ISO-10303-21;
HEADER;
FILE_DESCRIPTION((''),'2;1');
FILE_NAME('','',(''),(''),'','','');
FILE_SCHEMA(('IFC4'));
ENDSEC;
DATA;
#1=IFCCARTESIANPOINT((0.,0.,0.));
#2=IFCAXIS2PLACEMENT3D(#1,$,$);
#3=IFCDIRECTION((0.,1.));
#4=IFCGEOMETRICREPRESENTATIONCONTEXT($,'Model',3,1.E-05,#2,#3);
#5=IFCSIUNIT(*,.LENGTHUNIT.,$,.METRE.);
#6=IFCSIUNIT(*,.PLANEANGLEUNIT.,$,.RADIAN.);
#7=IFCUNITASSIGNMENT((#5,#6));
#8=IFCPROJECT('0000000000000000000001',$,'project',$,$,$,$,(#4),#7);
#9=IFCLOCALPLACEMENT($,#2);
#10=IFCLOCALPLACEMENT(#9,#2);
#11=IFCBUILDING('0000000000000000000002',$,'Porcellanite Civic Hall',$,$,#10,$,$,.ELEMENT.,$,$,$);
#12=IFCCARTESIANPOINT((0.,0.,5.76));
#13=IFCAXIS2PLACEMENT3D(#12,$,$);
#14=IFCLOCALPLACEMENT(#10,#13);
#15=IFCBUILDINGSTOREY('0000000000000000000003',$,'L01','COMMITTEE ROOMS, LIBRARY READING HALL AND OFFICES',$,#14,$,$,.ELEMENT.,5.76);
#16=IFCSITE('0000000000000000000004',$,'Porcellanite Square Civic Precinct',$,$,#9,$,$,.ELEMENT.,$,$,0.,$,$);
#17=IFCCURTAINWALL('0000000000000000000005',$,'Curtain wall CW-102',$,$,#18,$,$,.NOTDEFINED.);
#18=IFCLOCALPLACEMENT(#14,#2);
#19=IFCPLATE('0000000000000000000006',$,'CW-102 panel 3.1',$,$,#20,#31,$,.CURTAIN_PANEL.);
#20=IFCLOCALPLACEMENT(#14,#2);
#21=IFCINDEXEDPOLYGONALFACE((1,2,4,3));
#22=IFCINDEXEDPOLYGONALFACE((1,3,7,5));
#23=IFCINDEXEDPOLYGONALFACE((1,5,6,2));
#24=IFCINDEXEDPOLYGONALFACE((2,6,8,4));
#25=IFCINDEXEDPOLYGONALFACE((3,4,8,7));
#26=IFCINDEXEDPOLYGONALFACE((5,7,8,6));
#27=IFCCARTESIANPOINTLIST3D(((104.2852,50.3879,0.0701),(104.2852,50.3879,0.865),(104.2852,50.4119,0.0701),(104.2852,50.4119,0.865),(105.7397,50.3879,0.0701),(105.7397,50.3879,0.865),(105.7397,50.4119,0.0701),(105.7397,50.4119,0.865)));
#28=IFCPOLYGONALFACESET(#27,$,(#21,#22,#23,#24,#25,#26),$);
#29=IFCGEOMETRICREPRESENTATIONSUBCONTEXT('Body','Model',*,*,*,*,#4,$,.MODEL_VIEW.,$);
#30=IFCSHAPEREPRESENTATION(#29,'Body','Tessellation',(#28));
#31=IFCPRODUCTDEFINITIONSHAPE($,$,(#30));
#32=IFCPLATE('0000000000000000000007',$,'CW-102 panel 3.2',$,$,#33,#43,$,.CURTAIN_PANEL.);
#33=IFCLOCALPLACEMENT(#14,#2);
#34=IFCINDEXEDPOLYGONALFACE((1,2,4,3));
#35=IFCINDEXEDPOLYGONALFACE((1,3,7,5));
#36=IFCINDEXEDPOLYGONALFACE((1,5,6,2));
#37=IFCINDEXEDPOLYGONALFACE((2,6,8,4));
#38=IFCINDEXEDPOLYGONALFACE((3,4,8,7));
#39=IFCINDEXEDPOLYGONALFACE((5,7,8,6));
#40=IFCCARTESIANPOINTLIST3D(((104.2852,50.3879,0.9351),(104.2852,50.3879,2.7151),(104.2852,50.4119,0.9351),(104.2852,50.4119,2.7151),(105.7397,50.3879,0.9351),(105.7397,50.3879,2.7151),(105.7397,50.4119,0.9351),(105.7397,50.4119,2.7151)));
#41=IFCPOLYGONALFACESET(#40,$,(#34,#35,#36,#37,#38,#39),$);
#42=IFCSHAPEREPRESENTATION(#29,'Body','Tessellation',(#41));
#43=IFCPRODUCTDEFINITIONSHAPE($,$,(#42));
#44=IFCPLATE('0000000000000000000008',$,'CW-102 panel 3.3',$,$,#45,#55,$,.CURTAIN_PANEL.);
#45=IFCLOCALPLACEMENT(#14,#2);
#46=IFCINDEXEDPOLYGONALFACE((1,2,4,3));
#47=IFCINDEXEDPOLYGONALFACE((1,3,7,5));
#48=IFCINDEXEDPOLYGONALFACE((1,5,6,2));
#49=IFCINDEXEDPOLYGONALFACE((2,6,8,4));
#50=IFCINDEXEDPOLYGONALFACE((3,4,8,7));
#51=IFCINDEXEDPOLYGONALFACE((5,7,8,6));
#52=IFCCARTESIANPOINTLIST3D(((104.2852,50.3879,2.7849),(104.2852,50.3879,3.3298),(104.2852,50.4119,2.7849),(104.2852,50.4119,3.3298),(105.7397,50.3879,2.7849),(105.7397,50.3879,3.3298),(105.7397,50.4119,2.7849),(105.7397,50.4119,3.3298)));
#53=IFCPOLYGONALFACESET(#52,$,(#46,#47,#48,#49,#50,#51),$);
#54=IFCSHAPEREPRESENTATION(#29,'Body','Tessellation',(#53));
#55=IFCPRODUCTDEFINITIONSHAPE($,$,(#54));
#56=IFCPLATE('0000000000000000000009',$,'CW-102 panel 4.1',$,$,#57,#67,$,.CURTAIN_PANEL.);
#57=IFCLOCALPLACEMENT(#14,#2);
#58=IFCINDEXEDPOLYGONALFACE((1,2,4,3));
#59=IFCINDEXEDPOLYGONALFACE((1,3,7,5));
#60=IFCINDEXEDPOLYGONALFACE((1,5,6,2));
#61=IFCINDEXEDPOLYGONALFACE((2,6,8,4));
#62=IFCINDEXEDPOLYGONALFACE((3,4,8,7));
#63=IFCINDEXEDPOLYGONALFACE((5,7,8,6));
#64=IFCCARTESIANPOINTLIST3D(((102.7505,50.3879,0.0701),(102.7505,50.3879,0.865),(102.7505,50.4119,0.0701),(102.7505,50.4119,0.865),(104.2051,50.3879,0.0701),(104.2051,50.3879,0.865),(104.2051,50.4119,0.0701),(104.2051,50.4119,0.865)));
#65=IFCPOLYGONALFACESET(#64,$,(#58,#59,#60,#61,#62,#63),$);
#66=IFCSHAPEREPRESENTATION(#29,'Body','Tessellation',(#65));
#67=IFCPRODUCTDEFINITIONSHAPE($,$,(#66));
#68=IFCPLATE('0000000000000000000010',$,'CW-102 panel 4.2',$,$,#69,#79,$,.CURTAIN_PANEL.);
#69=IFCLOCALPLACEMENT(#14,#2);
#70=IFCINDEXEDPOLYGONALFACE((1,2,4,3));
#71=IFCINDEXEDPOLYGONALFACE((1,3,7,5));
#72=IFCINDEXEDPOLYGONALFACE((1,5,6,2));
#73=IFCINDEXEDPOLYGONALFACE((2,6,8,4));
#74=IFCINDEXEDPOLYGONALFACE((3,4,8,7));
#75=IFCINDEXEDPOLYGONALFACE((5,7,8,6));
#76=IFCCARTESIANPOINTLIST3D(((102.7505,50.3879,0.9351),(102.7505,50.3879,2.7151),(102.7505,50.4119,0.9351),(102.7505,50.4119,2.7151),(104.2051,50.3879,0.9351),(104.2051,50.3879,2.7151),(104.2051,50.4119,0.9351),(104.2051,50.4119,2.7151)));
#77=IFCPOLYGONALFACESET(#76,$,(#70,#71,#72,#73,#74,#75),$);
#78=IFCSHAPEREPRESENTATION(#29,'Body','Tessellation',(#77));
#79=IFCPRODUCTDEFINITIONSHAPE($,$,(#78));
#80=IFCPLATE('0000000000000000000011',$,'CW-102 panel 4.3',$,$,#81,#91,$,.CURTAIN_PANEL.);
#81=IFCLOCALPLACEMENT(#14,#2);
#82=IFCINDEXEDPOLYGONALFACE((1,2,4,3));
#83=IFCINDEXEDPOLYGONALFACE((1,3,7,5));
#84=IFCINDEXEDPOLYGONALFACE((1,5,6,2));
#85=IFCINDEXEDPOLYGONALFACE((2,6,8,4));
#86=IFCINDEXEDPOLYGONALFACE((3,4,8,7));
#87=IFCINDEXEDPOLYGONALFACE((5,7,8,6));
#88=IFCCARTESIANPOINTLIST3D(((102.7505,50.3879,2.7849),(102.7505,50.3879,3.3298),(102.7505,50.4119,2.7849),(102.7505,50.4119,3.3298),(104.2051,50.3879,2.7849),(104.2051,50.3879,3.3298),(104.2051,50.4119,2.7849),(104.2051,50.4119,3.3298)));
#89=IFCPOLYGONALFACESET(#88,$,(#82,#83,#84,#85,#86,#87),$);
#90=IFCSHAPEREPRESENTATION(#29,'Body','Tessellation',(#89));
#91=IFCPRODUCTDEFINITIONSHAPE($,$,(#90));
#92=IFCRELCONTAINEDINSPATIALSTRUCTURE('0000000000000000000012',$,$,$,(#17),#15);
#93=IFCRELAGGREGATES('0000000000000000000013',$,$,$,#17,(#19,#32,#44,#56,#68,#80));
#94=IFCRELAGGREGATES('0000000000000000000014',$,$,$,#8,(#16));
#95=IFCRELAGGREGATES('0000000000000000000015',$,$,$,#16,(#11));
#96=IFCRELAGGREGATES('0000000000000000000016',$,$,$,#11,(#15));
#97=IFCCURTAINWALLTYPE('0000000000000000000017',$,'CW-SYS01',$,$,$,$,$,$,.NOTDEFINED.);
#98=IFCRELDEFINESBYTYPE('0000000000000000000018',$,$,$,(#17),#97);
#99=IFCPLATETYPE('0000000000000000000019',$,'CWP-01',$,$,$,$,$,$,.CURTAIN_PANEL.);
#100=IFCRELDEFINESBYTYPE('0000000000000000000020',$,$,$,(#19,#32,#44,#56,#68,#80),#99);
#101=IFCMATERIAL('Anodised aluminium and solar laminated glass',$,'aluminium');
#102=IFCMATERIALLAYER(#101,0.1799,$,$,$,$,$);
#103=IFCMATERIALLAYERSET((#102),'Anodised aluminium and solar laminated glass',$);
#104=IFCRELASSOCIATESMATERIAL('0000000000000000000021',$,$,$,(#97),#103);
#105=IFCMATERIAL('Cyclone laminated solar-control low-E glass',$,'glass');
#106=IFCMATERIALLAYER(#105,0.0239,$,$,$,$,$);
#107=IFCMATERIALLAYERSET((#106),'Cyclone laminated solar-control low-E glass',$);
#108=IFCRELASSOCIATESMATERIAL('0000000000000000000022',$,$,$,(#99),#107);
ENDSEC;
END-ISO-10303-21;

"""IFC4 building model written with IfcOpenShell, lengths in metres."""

from ifc_helpers import new_model, si_unit, direction, frame, origin, origin_2d, place, context, subcontext, project, spatial, rectangle, extrude, material, layer, layer_set, type_object, element, aggregate, save


model = new_model("IFC4")

# Units and contexts
model_context = context("Model", 3, precision=1e-05, world=origin(), true_north=direction((0.0, 1.0)))
body_context = subcontext(model_context, "Body", "Model", "MODEL_VIEW")
ifc_project = project(units=[si_unit("LENGTHUNIT", "METRE"), si_unit("PLANEANGLEUNIT", "RADIAN")], contexts=[model_context])

# Site, building, storey
site_placement = place(None, origin())
site = spatial("IfcSite", under=ifc_project, at=site_placement, Name="Porcellanite Square Civic Precinct", CompositionType="ELEMENT", RefElevation=0.0)
building_placement = place(site_placement, origin())
building = spatial("IfcBuilding", under=site, at=building_placement, Name="Porcellanite Civic Hall", CompositionType="ELEMENT")
storey_placement = place(building_placement, frame((0.0, 0.0, 5.76)))
storey = spatial("IfcBuildingStorey", under=building, at=storey_placement, Name="L01", Description="COMMITTEE ROOMS, LIBRARY READING HALL AND OFFICES", CompositionType="ELEMENT", Elevation=5.76)

# Curtain wall
ifc_material_1 = material(Name="Anodised aluminium and solar laminated glass", Category="aluminium")
ifc_layer_1 = layer(ifc_material_1, 0.1799)
ifc_layer_set_1 = layer_set([ifc_layer_1], Name="Anodised aluminium and solar laminated glass")
curtain_wall_type = type_object("IfcCurtainWallType", Name="CW-SYS01", PredefinedType="NOTDEFINED", material=ifc_layer_set_1)
curtain_wall_1_placement = place(storey_placement, origin())
curtain_wall_1 = element("IfcCurtainWall", 1, at=curtain_wall_1_placement, inside=storey, type_object=curtain_wall_type, Name="Curtain wall CW-102", PredefinedType="NOTDEFINED")

# Plates
ifc_material_2 = material(Name="Cyclone laminated solar-control low-E glass", Category="glass")
ifc_layer_2 = layer(ifc_material_2, 0.0239)
ifc_layer_set_2 = layer_set([ifc_layer_2], Name="Cyclone laminated solar-control low-E glass")
plate_type = type_object("IfcPlateType", Name="CWP-01", PredefinedType="CURTAIN_PANEL", material=ifc_layer_set_2)
plate_1_placement = place(storey_placement, frame((105.0125, 50.3999, 0.0701), z_axis=(0.0, 0.0, 1.0), x_axis=(-1.0, 0.0, 0.0)))
plate_1 = element("IfcPlate", 2, at=plate_1_placement, type_object=plate_type, Name="CW-102 panel 3.1", PredefinedType="CURTAIN_PANEL", context=body_context, shape_type="SweptSolid", body=[
    extrude(rectangle(XDim=1.4546, YDim=0.0239, at=origin_2d()), origin(), (0.0, 0.0, 1.0), 0.7949),
])
plate_2_placement = place(storey_placement, frame((105.0125, 50.3999, 0.9351), z_axis=(0.0, 0.0, 1.0), x_axis=(-1.0, 0.0, 0.0)))
plate_2 = element("IfcPlate", 3, at=plate_2_placement, type_object=plate_type, Name="CW-102 panel 3.2", PredefinedType="CURTAIN_PANEL", context=body_context, shape_type="SweptSolid", body=[
    extrude(rectangle(XDim=1.4546, YDim=0.0239, at=origin_2d()), origin(), (0.0, 0.0, 1.0), 1.78),
])
plate_3_placement = place(storey_placement, frame((105.0125, 50.3999, 2.7849), z_axis=(0.0, 0.0, 1.0), x_axis=(-1.0, 0.0, 0.0)))
plate_3 = element("IfcPlate", 4, at=plate_3_placement, type_object=plate_type, Name="CW-102 panel 3.3", PredefinedType="CURTAIN_PANEL", context=body_context, shape_type="SweptSolid", body=[
    extrude(rectangle(XDim=1.4546, YDim=0.0239, at=origin_2d()), origin(), (0.0, 0.0, 1.0), 0.5449),
])
plate_4_placement = place(storey_placement, frame((103.4778, 50.3999, 0.0701), z_axis=(0.0, 0.0, 1.0), x_axis=(-1.0, 0.0, 0.0)))
plate_4 = element("IfcPlate", 5, at=plate_4_placement, type_object=plate_type, Name="CW-102 panel 4.1", PredefinedType="CURTAIN_PANEL", context=body_context, shape_type="SweptSolid", body=[
    extrude(rectangle(XDim=1.4546, YDim=0.0239, at=origin_2d()), origin(), (0.0, 0.0, 1.0), 0.7949),
])
plate_5_placement = place(storey_placement, frame((103.4778, 50.3999, 0.9351), z_axis=(0.0, 0.0, 1.0), x_axis=(-1.0, 0.0, 0.0)))
plate_5 = element("IfcPlate", 6, at=plate_5_placement, type_object=plate_type, Name="CW-102 panel 4.2", PredefinedType="CURTAIN_PANEL", context=body_context, shape_type="SweptSolid", body=[
    extrude(rectangle(XDim=1.4546, YDim=0.0239, at=origin_2d()), origin(), (0.0, 0.0, 1.0), 1.78),
])
plate_6_placement = place(storey_placement, frame((103.4778, 50.3999, 2.7849), z_axis=(0.0, 0.0, 1.0), x_axis=(-1.0, 0.0, 0.0)))
plate_6 = element("IfcPlate", 7, at=plate_6_placement, type_object=plate_type, Name="CW-102 panel 4.3", PredefinedType="CURTAIN_PANEL", context=body_context, shape_type="SweptSolid", body=[
    extrude(rectangle(XDim=1.4546, YDim=0.0239, at=origin_2d()), origin(), (0.0, 0.0, 1.0), 0.5449),
])
aggregate(curtain_wall_1, [plate_1, plate_2, plate_3, plate_4, plate_5, plate_6])

save(model, "model.ifc")
